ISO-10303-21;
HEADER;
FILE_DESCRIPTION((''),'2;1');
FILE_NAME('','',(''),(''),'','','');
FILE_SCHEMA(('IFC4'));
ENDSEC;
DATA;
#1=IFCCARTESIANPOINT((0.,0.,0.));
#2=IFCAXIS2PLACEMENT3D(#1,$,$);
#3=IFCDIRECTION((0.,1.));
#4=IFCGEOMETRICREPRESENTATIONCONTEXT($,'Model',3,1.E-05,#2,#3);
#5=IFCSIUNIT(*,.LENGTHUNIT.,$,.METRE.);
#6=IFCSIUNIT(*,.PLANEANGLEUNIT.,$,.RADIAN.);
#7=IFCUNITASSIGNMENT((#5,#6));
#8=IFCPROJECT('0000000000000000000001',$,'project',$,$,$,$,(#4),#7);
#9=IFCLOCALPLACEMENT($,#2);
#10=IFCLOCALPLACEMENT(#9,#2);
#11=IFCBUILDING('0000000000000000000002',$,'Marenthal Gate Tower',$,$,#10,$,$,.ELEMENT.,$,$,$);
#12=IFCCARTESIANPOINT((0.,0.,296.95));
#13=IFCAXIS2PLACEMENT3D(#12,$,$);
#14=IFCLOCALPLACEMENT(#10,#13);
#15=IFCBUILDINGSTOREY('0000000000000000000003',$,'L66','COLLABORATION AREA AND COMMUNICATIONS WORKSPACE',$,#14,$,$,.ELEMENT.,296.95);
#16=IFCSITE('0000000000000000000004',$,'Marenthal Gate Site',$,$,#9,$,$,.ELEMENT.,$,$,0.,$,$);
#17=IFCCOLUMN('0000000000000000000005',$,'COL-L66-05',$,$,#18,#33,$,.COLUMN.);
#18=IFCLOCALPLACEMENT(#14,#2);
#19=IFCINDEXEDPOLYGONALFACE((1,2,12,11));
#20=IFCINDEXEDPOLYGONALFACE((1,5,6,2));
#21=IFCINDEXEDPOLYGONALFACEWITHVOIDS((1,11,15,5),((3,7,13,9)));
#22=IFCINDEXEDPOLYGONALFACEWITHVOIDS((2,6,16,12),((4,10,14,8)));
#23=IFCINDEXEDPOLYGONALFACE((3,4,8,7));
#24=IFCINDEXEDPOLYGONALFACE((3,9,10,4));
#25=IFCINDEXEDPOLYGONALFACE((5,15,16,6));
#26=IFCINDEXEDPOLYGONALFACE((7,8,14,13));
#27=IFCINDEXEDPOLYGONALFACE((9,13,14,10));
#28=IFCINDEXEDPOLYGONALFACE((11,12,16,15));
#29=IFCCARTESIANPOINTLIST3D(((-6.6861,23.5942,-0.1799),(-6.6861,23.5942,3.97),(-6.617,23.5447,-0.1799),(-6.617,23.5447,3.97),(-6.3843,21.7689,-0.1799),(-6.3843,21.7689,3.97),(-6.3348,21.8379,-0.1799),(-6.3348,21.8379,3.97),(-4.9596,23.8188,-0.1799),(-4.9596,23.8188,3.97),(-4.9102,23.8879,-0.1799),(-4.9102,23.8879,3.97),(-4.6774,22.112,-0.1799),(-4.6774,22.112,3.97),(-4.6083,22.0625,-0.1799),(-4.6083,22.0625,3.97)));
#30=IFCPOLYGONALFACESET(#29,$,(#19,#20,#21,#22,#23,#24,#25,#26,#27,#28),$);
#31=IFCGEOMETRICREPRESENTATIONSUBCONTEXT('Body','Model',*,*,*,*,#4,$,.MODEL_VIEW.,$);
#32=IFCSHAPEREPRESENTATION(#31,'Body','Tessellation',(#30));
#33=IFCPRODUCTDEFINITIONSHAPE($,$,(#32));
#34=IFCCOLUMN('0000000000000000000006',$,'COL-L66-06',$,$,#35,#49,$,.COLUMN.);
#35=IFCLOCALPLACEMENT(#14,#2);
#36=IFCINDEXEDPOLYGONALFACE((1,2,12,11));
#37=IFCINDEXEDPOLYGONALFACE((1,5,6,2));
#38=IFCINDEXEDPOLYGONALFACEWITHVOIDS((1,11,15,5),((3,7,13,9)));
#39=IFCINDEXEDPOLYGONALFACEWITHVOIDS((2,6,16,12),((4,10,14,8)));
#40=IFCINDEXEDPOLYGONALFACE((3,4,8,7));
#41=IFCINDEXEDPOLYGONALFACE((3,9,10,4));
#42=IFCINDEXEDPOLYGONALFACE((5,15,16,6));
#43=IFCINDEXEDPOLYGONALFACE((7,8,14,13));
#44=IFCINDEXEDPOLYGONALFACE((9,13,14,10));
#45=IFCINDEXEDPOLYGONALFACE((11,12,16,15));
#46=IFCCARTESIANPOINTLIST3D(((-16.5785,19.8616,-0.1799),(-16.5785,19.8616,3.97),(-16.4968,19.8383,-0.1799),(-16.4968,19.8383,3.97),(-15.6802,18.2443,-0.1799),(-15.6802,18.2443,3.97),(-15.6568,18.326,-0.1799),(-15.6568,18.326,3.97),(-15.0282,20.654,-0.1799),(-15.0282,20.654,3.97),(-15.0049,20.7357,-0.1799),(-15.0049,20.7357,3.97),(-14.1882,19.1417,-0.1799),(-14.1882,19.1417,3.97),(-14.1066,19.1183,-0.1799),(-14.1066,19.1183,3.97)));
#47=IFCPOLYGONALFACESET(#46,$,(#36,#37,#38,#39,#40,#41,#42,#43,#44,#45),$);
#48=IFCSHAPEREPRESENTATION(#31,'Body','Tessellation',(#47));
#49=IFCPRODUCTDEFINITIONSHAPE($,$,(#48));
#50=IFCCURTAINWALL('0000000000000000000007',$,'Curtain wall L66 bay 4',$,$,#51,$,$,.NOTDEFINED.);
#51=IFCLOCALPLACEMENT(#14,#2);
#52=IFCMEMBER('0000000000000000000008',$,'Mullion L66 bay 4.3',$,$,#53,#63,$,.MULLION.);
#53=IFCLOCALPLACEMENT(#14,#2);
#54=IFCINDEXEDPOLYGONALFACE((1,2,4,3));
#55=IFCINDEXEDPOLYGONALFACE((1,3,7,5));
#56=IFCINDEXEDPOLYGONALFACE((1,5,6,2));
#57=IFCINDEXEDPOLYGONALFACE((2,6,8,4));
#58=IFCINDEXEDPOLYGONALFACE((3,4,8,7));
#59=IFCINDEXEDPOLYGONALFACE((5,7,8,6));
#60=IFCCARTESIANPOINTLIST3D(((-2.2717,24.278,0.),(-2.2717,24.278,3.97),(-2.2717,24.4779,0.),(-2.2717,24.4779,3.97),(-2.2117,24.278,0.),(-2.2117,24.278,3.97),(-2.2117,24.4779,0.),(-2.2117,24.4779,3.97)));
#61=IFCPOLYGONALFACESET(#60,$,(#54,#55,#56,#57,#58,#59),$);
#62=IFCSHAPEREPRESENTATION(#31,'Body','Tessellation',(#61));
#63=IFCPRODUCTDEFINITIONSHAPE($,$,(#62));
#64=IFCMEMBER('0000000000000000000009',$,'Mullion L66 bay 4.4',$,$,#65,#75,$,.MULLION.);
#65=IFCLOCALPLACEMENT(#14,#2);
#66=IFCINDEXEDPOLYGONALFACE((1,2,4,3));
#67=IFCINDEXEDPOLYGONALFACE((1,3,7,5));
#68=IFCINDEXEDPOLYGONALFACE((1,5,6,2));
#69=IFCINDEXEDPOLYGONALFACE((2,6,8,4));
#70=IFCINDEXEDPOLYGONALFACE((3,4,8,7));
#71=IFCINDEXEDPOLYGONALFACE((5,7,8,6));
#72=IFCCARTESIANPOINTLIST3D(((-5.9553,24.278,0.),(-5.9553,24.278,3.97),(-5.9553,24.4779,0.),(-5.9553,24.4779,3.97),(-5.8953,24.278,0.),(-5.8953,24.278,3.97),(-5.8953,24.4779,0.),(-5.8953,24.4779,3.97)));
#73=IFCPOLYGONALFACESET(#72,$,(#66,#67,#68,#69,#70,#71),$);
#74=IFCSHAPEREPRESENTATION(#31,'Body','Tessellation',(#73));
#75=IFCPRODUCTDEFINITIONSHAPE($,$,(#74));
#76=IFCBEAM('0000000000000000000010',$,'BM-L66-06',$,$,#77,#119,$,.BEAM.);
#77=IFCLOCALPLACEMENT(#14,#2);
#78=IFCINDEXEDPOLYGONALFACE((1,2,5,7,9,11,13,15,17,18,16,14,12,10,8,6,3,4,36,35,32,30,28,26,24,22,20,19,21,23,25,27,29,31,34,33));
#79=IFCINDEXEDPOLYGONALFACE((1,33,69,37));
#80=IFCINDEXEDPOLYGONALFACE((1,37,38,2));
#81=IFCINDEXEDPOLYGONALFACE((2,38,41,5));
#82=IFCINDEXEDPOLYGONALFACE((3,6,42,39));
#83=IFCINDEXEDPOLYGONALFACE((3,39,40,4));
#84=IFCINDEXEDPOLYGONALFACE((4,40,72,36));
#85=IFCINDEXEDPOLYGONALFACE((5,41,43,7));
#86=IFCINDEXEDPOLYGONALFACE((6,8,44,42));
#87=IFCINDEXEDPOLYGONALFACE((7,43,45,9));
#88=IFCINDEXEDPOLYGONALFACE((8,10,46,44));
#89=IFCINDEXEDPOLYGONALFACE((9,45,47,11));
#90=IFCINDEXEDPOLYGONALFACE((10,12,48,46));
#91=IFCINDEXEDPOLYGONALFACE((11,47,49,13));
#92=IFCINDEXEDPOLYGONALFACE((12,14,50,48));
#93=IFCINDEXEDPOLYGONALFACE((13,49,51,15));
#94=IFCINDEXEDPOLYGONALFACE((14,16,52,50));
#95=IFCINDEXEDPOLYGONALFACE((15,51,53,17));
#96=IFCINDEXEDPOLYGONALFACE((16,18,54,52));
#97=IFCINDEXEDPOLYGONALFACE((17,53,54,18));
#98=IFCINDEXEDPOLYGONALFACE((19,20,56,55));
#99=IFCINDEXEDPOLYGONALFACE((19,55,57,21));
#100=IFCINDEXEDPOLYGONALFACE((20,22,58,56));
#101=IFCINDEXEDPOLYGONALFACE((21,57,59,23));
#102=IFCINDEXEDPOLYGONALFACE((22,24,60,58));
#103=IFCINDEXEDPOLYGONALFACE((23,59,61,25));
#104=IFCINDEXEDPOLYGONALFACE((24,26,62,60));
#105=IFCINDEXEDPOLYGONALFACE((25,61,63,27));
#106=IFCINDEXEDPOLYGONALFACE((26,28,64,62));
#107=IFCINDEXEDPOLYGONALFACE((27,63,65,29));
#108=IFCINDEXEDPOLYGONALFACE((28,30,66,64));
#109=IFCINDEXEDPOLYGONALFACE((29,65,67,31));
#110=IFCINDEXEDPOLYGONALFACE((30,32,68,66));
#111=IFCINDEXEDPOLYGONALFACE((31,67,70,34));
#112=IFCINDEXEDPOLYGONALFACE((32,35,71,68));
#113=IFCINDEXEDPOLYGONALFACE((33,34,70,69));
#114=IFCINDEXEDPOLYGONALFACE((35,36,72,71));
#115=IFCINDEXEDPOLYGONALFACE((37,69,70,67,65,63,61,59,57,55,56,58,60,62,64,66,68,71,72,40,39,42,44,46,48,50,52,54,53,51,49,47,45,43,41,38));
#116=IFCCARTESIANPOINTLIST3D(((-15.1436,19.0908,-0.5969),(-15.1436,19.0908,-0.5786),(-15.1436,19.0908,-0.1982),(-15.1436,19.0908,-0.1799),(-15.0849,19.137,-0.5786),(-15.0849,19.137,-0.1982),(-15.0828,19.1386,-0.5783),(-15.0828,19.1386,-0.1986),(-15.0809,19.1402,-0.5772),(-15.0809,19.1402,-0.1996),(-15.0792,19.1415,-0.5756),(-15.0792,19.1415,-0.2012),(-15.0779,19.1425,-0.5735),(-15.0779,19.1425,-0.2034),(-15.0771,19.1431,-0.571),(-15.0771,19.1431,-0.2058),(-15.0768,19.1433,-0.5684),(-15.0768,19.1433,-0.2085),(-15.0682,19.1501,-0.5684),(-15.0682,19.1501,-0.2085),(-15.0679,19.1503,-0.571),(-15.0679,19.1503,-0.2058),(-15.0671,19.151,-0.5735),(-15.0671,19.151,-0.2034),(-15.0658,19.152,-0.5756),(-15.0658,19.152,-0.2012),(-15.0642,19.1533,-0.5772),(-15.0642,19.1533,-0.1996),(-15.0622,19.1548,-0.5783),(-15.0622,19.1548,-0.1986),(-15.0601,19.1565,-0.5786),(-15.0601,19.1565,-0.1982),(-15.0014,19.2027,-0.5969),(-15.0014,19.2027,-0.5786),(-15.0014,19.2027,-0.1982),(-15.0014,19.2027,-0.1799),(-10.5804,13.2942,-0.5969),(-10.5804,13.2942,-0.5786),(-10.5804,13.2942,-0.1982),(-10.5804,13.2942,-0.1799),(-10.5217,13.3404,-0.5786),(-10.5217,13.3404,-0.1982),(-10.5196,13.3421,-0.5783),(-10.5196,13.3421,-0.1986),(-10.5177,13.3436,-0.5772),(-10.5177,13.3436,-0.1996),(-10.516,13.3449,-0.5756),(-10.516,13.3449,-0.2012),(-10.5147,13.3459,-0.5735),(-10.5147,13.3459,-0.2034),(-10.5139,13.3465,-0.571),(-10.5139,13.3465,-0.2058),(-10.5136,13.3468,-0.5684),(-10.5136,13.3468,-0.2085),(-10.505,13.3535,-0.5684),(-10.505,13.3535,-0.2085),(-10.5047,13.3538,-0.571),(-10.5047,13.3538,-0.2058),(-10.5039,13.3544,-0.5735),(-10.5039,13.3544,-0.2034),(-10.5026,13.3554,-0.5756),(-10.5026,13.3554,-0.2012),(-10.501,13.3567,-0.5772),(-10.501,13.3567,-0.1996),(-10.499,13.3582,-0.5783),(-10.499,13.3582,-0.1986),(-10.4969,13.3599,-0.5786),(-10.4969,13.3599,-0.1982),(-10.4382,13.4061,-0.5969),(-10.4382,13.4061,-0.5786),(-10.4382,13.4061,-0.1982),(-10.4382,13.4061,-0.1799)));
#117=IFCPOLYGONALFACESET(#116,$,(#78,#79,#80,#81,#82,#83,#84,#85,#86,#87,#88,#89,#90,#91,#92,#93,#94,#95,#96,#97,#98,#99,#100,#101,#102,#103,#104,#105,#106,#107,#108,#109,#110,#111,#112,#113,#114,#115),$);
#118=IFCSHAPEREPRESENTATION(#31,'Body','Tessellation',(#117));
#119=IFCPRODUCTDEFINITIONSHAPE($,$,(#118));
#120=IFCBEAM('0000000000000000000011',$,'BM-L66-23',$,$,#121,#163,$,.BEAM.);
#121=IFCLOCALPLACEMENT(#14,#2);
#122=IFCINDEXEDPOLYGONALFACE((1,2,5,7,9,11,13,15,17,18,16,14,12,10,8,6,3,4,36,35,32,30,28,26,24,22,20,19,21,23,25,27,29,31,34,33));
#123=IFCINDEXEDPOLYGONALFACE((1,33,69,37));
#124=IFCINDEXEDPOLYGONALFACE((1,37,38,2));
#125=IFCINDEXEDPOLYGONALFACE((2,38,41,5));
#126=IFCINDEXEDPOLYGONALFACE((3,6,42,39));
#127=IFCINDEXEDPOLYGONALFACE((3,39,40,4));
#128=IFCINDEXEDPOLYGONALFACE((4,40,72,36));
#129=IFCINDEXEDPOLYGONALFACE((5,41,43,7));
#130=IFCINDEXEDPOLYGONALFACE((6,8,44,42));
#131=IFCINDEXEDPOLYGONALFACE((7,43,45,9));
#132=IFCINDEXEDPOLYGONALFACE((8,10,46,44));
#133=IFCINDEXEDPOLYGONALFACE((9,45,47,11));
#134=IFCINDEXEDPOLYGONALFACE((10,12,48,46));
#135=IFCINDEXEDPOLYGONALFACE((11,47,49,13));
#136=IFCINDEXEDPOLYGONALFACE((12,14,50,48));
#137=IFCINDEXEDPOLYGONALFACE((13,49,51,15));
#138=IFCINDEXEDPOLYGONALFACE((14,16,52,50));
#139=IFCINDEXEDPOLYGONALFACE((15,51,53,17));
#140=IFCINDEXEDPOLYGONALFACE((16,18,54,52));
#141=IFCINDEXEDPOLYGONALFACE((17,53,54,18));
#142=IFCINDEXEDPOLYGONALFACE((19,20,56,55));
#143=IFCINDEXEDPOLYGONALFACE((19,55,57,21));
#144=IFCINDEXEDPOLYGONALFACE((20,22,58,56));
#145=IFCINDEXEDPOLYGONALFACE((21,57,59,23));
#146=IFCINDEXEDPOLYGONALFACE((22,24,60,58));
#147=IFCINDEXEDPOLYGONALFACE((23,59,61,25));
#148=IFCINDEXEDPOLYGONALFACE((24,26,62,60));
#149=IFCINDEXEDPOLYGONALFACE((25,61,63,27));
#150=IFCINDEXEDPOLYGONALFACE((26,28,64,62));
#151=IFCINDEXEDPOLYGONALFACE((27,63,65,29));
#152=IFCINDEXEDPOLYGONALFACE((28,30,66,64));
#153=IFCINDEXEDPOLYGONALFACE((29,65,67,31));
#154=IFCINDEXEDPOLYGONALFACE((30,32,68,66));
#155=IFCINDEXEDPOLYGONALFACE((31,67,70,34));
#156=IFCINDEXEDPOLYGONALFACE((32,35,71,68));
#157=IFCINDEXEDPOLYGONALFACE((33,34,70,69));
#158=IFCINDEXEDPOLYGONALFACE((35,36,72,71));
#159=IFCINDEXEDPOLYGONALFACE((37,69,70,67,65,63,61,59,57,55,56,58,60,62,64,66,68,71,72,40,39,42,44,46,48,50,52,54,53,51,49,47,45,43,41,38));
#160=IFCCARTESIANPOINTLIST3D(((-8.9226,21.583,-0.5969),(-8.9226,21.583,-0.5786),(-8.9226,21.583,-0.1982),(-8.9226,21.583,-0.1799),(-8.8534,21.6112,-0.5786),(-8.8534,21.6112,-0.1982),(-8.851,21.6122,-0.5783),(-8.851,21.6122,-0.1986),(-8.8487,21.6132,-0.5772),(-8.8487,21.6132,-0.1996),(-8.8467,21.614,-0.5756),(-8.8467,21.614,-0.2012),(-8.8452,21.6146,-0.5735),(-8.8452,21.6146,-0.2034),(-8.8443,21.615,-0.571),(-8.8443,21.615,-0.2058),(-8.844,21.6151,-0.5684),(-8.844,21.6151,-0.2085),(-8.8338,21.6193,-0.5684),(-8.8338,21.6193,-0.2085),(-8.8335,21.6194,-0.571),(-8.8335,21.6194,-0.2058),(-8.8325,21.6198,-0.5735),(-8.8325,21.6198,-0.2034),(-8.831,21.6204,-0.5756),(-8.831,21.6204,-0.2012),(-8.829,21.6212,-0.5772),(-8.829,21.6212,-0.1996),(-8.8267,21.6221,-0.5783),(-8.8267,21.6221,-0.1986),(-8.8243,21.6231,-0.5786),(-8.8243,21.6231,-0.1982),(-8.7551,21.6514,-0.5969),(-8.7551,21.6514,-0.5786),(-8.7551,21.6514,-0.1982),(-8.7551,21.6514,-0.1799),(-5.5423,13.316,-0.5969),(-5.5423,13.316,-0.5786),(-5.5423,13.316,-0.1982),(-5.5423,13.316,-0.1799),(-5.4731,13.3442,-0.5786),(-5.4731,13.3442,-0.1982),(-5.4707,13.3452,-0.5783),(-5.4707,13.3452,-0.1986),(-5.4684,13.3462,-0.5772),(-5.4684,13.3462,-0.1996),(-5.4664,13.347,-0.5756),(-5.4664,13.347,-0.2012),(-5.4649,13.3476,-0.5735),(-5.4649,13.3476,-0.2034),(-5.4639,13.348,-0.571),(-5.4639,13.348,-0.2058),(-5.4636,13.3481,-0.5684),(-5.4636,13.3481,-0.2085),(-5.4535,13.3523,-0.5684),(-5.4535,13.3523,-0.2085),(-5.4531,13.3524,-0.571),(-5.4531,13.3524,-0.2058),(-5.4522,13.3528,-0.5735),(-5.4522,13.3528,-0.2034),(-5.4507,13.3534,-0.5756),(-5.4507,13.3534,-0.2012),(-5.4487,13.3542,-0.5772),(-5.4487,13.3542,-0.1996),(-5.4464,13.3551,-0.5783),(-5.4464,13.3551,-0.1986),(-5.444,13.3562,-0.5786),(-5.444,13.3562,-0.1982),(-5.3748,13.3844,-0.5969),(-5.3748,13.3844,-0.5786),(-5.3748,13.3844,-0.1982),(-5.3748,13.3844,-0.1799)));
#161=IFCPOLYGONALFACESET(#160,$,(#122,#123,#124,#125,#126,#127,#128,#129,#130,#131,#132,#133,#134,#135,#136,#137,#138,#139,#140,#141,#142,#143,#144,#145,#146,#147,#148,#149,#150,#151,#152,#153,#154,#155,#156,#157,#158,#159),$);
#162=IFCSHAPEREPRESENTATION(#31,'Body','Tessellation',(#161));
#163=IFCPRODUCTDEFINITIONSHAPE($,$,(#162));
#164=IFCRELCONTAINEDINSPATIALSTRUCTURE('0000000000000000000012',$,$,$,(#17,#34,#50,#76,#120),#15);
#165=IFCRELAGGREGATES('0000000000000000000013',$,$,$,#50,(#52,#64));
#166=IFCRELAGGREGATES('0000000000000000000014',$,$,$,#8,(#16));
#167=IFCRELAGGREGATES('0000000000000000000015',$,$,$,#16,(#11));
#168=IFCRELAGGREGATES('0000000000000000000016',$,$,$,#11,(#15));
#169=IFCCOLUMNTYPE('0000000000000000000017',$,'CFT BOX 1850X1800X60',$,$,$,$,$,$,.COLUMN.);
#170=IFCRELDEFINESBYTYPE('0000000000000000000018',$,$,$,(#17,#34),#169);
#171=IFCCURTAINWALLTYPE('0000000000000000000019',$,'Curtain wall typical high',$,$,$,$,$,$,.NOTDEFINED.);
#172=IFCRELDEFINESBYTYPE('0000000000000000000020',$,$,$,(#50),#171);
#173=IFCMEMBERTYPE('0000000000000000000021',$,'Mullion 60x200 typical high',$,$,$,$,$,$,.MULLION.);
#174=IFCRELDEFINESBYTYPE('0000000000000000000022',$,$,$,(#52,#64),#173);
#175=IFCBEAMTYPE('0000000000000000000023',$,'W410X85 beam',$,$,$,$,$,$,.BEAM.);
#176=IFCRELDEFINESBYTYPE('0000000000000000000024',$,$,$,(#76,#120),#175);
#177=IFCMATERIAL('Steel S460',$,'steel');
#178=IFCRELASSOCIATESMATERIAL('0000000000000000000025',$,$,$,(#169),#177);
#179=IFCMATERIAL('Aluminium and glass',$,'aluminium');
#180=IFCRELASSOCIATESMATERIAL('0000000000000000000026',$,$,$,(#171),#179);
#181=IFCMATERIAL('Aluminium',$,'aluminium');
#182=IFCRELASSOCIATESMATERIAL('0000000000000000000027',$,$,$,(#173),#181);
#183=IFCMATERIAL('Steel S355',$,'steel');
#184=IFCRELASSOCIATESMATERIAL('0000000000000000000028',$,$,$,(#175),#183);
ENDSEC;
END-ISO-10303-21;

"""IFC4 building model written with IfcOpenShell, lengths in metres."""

from ifc_helpers import new_model, si_unit, direction, frame, origin, origin_2d, place, context, subcontext, project, spatial, rectangle, hollow_rectangle, i_section, extrude, material, material_profile, profile_set, type_object, element, aggregate, save


model = new_model("IFC4")

# Units and contexts
model_context = context("Model", 3, precision=1e-05, world=origin(), true_north=direction((0.0, 1.0)))
body_context = subcontext(model_context, "Body", "Model", "MODEL_VIEW")
ifc_project = project(units=[si_unit("LENGTHUNIT", "METRE"), si_unit("PLANEANGLEUNIT", "RADIAN")], contexts=[model_context])

# Site, building, storey
site_placement = place(None, origin())
site = spatial("IfcSite", under=ifc_project, at=site_placement, Name="Marenthal Gate Site", CompositionType="ELEMENT", RefElevation=0.0)
building_placement = place(site_placement, origin())
building = spatial("IfcBuilding", under=site, at=building_placement, Name="Marenthal Gate Tower", CompositionType="ELEMENT")
storey_placement = place(building_placement, frame((0.0, 0.0, 296.95)))
storey = spatial("IfcBuildingStorey", under=building, at=storey_placement, Name="L66", Description="COLLABORATION AREA AND COMMUNICATIONS WORKSPACE", CompositionType="ELEMENT", Elevation=296.95)

# Columns
ifc_material_1 = material(Name="Steel S460", Category="steel")
ifc_material_profile_1 = material_profile(ifc_material_1, hollow_rectangle(XDim=1.8, YDim=1.8501, WallThickness=0.0601, at=origin_2d()), Name="CFT BOX 1850X1800X60")
ifc_material_2 = material(Name="Concrete 70 MPa", Category="concrete")
ifc_material_profile_2 = material_profile(ifc_material_2, rectangle(XDim=1.6799, YDim=1.73, at=origin_2d()), Name="CFT BOX 1850X1800X60 INFILL")
ifc_profile_set_1 = profile_set([ifc_material_profile_1, ifc_material_profile_2], Name="Steel S460 shell, Concrete 70 MPa infill")
column_type = type_object("IfcColumnType", Name="CFT BOX 1850X1800X60", PredefinedType="COLUMN", material=ifc_profile_set_1)
for number, where, z_axis, x_axis, name in (
    (1, (-5.6472, 22.8284, -0.1799), (0.0, 0.0, 1.0), (0.986603, 0.163137, 0.0), "COL-L66-05"),
    (2, (-15.3425, 19.49, -0.1799), (0.0, 0.0, 1.0), (0.8742, 0.485567, 0.0), "COL-L66-06"),
):
    element("IfcColumn", number, at=place(storey_placement, frame(where, z_axis=z_axis, x_axis=x_axis)), inside=storey, type_object=column_type, Name=name, PredefinedType="COLUMN", context=body_context, shape_type="SweptSolid", body=[
        extrude(hollow_rectangle(XDim=1.8, YDim=1.8501, WallThickness=0.0601, at=origin_2d()), origin(), (0.0, 0.0, 1.0), 4.1499),
    ])

# Curtain wall, members
ifc_material_3 = material(Name="Aluminium and glass", Category="aluminium")
curtain_wall_type = type_object("IfcCurtainWallType", Name="Curtain wall typical high", PredefinedType="NOTDEFINED", material=ifc_material_3)
curtain_wall_placement = place(storey_placement, origin())
curtain_wall = element("IfcCurtainWall", 3, at=curtain_wall_placement, inside=storey, type_object=curtain_wall_type, Name="Curtain wall L66 bay 4", PredefinedType="NOTDEFINED")
ifc_material_4 = material(Name="Aluminium", Category="aluminium")
ifc_material_profile_3 = material_profile(ifc_material_4, rectangle(XDim=0.2, YDim=0.0601, at=origin_2d()), Name="60x200 aluminium mullion")
ifc_profile_set_2 = profile_set([ifc_material_profile_3], Name="Aluminium")
member_type = type_object("IfcMemberType", Name="Mullion 60x200 typical high", PredefinedType="MULLION", material=ifc_profile_set_2)
member_1_placement = place(storey_placement, frame((-2.2417, 24.3779, 0.0), z_axis=(0.0, 0.0, 1.0), x_axis=(0.0, -1.0, 0.0)))
member_1 = element("IfcMember", 4, at=member_1_placement, type_object=member_type, Name="Mullion L66 bay 4.3", PredefinedType="MULLION", context=body_context, shape_type="SweptSolid", body=[
    extrude(rectangle(XDim=0.2, YDim=0.0601, at=origin_2d()), origin(), (0.0, 0.0, 1.0), 3.97),
])
member_2_placement = place(storey_placement, frame((-5.9253, 24.3779, 0.0), z_axis=(0.0, 0.0, 1.0), x_axis=(0.0, -1.0, 0.0)))
member_2 = element("IfcMember", 5, at=member_2_placement, type_object=member_type, Name="Mullion L66 bay 4.4", PredefinedType="MULLION", context=body_context, shape_type="SweptSolid", body=[
    extrude(rectangle(XDim=0.2, YDim=0.0601, at=origin_2d()), origin(), (0.0, 0.0, 1.0), 3.97),
])

# Beams
ifc_material_5 = material(Name="Steel S355", Category="steel")
ifc_material_profile_4 = material_profile(ifc_material_5, i_section(OverallWidth=0.1809, OverallDepth=0.417, WebThickness=0.011, FlangeThickness=0.0183, FilletRadius=0.0103, at=origin_2d()), Name="W410X85")
ifc_profile_set_3 = profile_set([ifc_material_profile_4], Name="Steel S355")
beam_type_1 = type_object("IfcBeamType", Name="W410X85 beam", PredefinedType="BEAM", material=ifc_profile_set_3)
beam_1_placement = place(storey_placement, frame((-15.0725, 19.1467, -0.3884), z_axis=(0.618554, -0.785743, 0.0), x_axis=(0.785743, 0.618554, 0.0)))
element("IfcBeam", 6, at=beam_1_placement, inside=storey, type_object=beam_type_1, Name="BM-L66-06", PredefinedType="BEAM", context=body_context, shape_type="SweptSolid", body=[
    extrude(i_section(OverallWidth=0.1809, OverallDepth=0.417, WebThickness=0.011, FlangeThickness=0.0183, FilletRadius=0.0103, at=origin_2d()), origin(), (0.0, 0.0, 1.0), 7.3772),
])
beam_2_placement = place(storey_placement, frame((-8.8389, 21.6172, -0.3884), z_axis=(0.378477, -0.925611, 0.0), x_axis=(0.925611, 0.378477, 0.0)))
element("IfcBeam", 7, at=beam_2_placement, inside=storey, type_object=beam_type_1, Name="BM-L66-23", PredefinedType="BEAM", context=body_context, shape_type="SweptSolid", body=[
    extrude(i_section(OverallWidth=0.1809, OverallDepth=0.417, WebThickness=0.011, FlangeThickness=0.0183, FilletRadius=0.0103, at=origin_2d()), origin(), (0.0, 0.0, 1.0), 8.9314),
])

aggregate(curtain_wall, [member_1, member_2])

save(model, "model.ifc")
